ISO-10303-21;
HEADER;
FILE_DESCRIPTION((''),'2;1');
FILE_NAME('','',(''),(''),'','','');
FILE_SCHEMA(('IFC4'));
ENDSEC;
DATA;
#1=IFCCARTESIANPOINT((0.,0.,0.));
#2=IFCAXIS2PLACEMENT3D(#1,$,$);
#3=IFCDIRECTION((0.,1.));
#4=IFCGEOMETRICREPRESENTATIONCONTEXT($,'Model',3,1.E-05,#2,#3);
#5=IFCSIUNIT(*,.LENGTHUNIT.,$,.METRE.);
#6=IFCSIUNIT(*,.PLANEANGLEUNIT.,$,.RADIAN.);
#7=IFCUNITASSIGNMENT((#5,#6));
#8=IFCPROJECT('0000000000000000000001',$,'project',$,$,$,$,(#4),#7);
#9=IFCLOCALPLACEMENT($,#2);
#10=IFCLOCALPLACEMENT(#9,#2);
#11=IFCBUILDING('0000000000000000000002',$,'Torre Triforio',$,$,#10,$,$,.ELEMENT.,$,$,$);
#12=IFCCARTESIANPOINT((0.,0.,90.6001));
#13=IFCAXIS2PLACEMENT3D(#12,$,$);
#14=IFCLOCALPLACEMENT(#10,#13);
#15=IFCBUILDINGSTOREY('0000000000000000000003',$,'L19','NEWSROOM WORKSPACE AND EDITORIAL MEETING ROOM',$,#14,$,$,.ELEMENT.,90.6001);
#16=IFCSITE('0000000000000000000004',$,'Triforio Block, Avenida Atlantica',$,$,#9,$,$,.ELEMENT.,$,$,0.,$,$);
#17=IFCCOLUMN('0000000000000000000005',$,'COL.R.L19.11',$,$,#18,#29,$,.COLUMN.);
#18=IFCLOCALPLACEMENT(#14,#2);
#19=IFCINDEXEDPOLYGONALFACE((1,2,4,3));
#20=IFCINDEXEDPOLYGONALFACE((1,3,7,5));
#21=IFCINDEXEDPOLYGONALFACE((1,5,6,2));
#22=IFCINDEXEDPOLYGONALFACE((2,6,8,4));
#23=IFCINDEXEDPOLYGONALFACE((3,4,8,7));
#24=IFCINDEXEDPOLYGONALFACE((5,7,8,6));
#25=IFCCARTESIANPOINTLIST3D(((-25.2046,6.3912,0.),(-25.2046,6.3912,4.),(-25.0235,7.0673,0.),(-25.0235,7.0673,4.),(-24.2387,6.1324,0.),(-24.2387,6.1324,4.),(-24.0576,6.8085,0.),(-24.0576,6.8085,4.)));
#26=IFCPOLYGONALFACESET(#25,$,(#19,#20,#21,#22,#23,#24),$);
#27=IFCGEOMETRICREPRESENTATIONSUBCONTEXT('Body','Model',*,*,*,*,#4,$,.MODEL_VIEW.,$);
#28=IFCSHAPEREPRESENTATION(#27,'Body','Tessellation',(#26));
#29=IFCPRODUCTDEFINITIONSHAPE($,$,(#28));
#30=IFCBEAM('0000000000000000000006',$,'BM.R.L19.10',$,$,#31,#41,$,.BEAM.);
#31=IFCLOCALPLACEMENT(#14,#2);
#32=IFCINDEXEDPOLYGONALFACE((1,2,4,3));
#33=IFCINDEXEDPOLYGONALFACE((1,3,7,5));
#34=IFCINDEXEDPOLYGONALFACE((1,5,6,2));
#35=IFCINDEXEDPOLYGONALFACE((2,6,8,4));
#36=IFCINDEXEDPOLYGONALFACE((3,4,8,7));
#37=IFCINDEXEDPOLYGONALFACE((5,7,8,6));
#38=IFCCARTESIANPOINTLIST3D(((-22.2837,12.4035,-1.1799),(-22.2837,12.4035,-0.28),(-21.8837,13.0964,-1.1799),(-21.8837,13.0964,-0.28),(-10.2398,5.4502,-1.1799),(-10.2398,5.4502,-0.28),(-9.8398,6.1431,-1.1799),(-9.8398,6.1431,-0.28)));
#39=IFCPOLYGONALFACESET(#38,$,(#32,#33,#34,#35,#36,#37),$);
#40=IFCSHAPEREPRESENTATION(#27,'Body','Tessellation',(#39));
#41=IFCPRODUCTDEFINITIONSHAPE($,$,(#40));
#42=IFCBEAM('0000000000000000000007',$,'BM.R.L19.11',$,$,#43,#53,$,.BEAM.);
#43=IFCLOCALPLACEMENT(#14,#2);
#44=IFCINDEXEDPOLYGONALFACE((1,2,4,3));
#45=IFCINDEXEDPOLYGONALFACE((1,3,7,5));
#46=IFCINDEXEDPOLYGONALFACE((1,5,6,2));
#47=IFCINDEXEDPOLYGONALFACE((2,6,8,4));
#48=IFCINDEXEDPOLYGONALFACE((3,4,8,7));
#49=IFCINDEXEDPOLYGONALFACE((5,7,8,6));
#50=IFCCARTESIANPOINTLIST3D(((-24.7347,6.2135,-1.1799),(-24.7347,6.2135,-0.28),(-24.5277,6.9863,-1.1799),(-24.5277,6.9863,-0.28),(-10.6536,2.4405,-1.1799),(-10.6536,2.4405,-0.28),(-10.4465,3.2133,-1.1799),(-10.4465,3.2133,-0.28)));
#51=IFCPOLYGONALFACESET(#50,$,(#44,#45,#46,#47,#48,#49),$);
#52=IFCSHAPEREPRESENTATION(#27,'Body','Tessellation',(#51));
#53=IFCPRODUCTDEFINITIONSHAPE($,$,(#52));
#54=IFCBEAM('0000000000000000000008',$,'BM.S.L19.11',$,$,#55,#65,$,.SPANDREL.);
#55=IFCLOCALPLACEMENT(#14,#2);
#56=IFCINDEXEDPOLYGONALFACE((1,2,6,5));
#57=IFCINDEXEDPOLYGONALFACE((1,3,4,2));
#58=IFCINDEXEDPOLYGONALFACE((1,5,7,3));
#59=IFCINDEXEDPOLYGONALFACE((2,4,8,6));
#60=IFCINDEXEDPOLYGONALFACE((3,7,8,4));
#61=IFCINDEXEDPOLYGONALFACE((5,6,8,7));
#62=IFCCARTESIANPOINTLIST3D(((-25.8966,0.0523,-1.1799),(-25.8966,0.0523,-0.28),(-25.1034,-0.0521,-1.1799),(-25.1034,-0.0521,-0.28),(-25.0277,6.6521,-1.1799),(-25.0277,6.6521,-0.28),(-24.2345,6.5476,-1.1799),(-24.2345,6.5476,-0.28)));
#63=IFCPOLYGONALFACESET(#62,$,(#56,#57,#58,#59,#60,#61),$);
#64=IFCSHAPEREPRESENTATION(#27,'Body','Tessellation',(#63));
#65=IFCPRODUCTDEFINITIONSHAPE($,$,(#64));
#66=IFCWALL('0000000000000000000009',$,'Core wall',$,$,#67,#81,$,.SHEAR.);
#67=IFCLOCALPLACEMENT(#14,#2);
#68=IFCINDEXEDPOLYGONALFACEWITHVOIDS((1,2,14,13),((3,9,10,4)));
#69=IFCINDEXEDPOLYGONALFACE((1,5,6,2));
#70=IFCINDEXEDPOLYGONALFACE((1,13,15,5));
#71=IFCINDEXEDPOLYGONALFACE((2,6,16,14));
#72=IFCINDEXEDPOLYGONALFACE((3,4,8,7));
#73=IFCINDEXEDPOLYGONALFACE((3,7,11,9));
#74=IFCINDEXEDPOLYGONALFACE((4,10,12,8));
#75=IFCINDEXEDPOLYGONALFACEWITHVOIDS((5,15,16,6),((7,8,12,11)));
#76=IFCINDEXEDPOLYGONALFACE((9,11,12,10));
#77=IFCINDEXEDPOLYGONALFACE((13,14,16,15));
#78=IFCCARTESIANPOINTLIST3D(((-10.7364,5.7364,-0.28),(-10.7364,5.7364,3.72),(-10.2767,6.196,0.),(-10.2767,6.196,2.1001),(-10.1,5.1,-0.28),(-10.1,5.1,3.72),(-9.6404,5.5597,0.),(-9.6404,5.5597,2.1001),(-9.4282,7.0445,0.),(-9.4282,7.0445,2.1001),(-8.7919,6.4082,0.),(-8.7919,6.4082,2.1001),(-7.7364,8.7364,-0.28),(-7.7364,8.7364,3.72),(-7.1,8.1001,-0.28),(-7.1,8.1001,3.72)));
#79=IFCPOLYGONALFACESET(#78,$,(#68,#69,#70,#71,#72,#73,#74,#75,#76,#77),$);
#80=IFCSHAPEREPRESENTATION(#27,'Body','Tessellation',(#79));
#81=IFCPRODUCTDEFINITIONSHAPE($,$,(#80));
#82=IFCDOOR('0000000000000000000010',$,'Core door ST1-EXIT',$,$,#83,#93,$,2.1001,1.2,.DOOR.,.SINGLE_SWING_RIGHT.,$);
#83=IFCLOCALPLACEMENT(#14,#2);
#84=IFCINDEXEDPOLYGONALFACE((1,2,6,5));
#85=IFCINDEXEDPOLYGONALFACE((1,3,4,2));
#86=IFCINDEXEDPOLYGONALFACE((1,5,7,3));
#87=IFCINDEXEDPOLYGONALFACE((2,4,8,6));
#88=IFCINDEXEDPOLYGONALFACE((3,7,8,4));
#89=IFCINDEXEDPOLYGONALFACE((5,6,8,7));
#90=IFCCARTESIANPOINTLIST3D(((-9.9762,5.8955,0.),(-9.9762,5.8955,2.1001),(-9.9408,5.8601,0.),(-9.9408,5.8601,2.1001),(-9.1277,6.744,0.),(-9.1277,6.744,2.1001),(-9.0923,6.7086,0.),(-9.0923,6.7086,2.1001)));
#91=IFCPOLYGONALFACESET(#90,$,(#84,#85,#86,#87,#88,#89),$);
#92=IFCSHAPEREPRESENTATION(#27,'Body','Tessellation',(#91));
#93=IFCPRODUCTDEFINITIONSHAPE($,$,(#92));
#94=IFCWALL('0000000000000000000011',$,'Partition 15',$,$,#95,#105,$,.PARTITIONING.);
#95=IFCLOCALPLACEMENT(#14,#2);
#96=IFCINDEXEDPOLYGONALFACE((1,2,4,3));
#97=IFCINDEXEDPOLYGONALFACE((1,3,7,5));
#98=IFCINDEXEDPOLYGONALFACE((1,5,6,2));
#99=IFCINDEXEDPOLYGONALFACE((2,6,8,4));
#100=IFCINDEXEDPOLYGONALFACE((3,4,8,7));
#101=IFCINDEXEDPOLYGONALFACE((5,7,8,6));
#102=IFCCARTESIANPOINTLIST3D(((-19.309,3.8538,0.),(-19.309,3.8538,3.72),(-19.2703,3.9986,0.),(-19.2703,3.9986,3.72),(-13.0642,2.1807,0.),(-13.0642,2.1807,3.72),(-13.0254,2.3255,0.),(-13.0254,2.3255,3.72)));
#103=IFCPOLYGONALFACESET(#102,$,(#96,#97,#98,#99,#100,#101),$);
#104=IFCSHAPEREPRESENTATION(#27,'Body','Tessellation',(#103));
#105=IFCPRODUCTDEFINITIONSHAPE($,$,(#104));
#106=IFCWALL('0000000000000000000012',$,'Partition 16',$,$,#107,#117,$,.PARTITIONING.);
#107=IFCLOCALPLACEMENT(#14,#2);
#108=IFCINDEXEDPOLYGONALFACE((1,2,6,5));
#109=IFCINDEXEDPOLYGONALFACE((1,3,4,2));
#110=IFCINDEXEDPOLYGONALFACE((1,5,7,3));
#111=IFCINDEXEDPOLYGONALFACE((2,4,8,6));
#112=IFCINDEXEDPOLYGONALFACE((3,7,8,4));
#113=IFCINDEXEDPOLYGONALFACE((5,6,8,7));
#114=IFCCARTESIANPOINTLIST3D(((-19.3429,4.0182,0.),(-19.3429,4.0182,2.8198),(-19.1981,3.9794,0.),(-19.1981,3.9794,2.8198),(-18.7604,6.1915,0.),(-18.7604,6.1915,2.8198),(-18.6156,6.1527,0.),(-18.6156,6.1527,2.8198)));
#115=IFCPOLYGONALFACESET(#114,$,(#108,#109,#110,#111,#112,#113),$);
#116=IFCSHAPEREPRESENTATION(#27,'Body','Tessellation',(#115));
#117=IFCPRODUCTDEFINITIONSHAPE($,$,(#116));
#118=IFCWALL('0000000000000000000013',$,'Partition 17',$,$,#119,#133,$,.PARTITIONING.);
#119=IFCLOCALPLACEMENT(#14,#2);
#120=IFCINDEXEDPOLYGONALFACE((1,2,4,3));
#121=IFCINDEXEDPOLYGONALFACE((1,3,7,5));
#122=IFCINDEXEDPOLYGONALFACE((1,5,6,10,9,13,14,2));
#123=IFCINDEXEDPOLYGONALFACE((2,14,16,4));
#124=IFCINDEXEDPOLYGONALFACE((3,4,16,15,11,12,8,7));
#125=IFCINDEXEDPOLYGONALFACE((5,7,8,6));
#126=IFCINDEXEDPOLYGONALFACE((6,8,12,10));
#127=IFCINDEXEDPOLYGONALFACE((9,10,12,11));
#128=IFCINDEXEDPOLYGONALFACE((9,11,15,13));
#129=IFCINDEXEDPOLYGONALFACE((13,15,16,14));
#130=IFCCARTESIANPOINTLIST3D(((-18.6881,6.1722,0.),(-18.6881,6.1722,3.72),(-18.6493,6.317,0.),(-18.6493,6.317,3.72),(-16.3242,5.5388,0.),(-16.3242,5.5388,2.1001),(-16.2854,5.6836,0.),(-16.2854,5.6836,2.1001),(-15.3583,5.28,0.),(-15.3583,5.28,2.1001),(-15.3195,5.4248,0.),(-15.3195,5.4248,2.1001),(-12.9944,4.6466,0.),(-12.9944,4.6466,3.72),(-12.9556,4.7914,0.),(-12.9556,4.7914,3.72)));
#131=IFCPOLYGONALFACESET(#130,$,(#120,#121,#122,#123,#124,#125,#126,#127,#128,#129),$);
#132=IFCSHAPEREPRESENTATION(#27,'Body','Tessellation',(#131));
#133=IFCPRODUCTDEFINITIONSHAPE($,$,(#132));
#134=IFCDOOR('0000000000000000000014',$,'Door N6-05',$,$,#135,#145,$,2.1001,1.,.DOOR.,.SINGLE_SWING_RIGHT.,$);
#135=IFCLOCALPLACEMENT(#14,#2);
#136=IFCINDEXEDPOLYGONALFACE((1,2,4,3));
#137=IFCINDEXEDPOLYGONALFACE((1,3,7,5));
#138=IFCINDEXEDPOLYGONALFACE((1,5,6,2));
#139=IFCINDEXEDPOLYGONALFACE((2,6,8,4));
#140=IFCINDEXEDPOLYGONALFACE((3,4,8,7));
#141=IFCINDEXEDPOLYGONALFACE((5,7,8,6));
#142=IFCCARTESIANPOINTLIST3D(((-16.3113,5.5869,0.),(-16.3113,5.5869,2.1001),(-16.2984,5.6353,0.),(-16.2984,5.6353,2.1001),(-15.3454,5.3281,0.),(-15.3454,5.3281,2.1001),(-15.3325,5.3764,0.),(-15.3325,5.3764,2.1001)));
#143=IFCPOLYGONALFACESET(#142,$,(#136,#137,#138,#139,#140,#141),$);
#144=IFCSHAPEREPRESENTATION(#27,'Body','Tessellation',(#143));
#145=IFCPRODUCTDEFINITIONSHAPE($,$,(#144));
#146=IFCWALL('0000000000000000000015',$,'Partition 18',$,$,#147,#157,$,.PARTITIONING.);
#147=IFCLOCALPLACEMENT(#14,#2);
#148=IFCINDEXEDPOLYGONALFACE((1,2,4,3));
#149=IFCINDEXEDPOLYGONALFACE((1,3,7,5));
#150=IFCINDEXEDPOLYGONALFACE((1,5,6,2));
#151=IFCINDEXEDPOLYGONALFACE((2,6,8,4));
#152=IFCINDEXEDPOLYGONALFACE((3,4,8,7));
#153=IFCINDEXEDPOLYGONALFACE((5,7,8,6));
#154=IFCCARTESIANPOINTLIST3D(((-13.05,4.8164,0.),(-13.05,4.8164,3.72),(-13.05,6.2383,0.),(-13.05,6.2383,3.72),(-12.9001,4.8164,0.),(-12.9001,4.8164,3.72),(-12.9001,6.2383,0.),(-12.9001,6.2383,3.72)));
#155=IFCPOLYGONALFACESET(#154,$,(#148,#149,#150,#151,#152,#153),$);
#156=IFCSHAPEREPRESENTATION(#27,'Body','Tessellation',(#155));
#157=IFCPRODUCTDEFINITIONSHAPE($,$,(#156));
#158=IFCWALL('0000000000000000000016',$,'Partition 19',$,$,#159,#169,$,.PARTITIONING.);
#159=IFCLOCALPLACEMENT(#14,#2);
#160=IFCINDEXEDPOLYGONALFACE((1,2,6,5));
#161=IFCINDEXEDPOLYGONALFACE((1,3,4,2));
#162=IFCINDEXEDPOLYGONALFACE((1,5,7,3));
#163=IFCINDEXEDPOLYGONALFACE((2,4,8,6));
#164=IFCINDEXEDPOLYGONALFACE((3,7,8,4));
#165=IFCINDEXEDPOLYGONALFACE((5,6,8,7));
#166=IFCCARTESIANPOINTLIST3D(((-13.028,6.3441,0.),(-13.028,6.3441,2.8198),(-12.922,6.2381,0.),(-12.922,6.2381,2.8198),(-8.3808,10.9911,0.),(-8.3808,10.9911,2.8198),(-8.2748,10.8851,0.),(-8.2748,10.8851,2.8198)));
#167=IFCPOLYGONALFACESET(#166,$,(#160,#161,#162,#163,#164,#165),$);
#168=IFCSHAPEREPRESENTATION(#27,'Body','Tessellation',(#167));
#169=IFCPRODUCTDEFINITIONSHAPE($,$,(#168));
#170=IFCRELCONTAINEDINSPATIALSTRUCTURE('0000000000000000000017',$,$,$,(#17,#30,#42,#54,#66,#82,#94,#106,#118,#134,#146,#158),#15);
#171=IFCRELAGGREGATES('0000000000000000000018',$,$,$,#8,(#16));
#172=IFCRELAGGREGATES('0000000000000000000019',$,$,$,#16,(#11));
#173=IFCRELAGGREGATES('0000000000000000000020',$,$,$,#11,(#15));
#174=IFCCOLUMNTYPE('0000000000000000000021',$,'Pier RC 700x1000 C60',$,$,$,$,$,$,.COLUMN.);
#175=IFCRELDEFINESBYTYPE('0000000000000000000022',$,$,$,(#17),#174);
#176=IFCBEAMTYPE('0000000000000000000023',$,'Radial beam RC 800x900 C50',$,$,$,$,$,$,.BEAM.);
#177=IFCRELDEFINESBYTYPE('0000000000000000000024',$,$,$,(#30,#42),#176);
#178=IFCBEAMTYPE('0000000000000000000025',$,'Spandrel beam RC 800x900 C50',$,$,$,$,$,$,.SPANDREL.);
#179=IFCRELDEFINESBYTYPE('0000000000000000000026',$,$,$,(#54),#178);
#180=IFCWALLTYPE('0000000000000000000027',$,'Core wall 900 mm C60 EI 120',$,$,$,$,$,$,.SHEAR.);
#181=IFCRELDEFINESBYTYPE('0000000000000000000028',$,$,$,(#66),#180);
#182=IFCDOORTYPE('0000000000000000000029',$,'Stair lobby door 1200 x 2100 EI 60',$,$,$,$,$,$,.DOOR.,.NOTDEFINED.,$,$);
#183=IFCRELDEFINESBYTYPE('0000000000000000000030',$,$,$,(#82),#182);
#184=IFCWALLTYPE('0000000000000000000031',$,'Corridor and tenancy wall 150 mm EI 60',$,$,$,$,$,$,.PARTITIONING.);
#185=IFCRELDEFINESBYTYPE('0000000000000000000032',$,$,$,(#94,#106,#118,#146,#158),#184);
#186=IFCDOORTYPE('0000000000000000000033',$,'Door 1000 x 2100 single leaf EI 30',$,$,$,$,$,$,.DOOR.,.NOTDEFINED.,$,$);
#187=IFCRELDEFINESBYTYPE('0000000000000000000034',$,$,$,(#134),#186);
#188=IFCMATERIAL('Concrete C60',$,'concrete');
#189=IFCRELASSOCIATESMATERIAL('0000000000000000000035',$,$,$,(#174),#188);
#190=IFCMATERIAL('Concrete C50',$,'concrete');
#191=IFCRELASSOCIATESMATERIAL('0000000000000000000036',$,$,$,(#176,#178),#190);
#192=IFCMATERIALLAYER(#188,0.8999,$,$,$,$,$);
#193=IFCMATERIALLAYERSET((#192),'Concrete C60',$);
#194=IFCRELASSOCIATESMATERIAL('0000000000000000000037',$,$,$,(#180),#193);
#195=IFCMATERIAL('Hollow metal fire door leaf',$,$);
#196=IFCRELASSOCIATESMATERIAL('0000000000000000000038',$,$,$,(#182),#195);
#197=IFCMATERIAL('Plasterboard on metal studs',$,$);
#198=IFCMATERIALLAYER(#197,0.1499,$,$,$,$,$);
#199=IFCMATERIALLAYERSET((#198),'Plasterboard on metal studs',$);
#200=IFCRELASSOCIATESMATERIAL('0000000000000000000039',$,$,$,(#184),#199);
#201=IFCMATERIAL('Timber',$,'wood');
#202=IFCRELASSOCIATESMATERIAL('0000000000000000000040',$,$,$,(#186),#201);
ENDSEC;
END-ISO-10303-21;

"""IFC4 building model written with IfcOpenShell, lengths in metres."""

from ifc_helpers import new_model, si_unit, direction, frame, frame_2d, origin, origin_2d, place, context, subcontext, project, spatial, rectangle, extrude, material, layer, layer_set, material_profile, profile_set, type_object, element, fill, save


model = new_model("IFC4")

# Units and contexts
model_context = context("Model", 3, precision=1e-05, world=origin(), true_north=direction((0.0, 1.0)))
body_context = subcontext(model_context, "Body", "Model", "MODEL_VIEW")
ifc_project = project(units=[si_unit("LENGTHUNIT", "METRE"), si_unit("PLANEANGLEUNIT", "RADIAN")], contexts=[model_context])

# Site, building, storey
site_placement = place(None, origin())
site = spatial("IfcSite", under=ifc_project, at=site_placement, Name="Triforio Block, Avenida Atlantica", CompositionType="ELEMENT", RefElevation=0.0)
building_placement = place(site_placement, origin())
building = spatial("IfcBuilding", under=site, at=building_placement, Name="Torre Triforio", CompositionType="ELEMENT")
storey_placement = place(building_placement, frame((0.0, 0.0, 90.6001)))
storey = spatial("IfcBuildingStorey", under=building, at=storey_placement, Name="L19", Description="NEWSROOM WORKSPACE AND EDITORIAL MEETING ROOM", CompositionType="ELEMENT", Elevation=90.6001)

# Column
ifc_material_1 = material(Name="Concrete C60", Category="concrete")
ifc_material_profile_1 = material_profile(ifc_material_1, rectangle(XDim=0.7, YDim=1.0, at=origin_2d()), Name="RC 700x1000")
ifc_profile_set_1 = profile_set([ifc_material_profile_1], Name="Concrete C60")
column_type = type_object("IfcColumnType", Name="Pier RC 700x1000 C60", PredefinedType="COLUMN", material=ifc_profile_set_1)
column_placement = place(storey_placement, frame((-24.6311, 6.5999, 0.0), z_axis=(0.0, 0.0, 1.0), x_axis=(-0.258819, -0.965926, 0.0)))
element("IfcColumn", 1, at=column_placement, inside=storey, type_object=column_type, Name="COL.R.L19.11", PredefinedType="COLUMN", context=body_context, shape_type="SweptSolid", body=[
    extrude(rectangle(XDim=0.7, YDim=1.0, at=origin_2d()), origin(), (0.0, 0.0, 1.0), 4.0),
])

# Beams
ifc_material_2 = material(Name="Concrete C50", Category="concrete")
ifc_material_profile_2 = material_profile(ifc_material_2, rectangle(XDim=0.8, YDim=0.8999, at=origin_2d()), Name="RC 800x900")
ifc_profile_set_2 = profile_set([ifc_material_profile_2], Name="Concrete C50")
beam_type_1 = type_object("IfcBeamType", Name="Radial beam RC 800x900 C50", PredefinedType="BEAM", material=ifc_profile_set_2)
beam_1_placement = place(storey_placement, frame((-10.0398, 5.7966, -0.73), z_axis=(-0.866032, 0.499989, 0.0), x_axis=(-0.499989, -0.866032, 0.0)))
element("IfcBeam", 2, at=beam_1_placement, inside=storey, type_object=beam_type_1, Name="BM.R.L19.10", PredefinedType="BEAM", context=body_context, shape_type="SweptSolid", body=[
    extrude(rectangle(XDim=0.8, YDim=0.8999, at=origin_2d()), origin(), (0.0, 0.0, 1.0), 13.907),
])
beam_2_placement = place(storey_placement, frame((-10.55, 2.8269, -0.73), z_axis=(-0.965927, 0.258815, 0.0), x_axis=(-0.258815, -0.965927, 0.0)))
element("IfcBeam", 3, at=beam_2_placement, inside=storey, type_object=beam_type_1, Name="BM.R.L19.11", PredefinedType="BEAM", context=body_context, shape_type="SweptSolid", body=[
    extrude(rectangle(XDim=0.8, YDim=0.8999, at=origin_2d()), origin(), (0.0, 0.0, 1.0), 14.5779),
])
ifc_material_profile_3 = material_profile(ifc_material_2, rectangle(XDim=0.8, YDim=0.8999, at=origin_2d()), Name="RC 800x900")
ifc_profile_set_3 = profile_set([ifc_material_profile_3], Name="Concrete C50")
beam_type_2 = type_object("IfcBeamType", Name="Spandrel beam RC 800x900 C50", PredefinedType="SPANDREL", material=ifc_profile_set_3)
beam_3_placement = place(storey_placement, frame((-24.6311, 6.5999, -0.73), z_axis=(-0.130528, -0.991445, 0.0), x_axis=(0.991445, -0.130528, 0.0)))
element("IfcBeam", 4, at=beam_3_placement, inside=storey, type_object=beam_type_2, Name="BM.S.L19.11", PredefinedType="SPANDREL", context=body_context, shape_type="SweptSolid", body=[
    extrude(rectangle(XDim=0.8, YDim=0.8999, at=origin_2d()), origin(), (0.0, 0.0, 1.0), 6.6567),
])

# Wall, opening, door
ifc_layer_1 = layer(ifc_material_1, 0.8999)
ifc_layer_set_1 = layer_set([ifc_layer_1], Name="Concrete C60")
wall_type_1 = type_object("IfcWallType", Name="Core wall 900 mm C60 EI 120", PredefinedType="SHEAR", material=ifc_layer_set_1)
wall_1_placement = place(storey_placement, frame((-10.4182, 5.4182, -0.28), z_axis=(0.0, 0.0, 1.0), x_axis=(0.707107, 0.707107, 0.0)))
wall_1 = element("IfcWall", 5, at=wall_1_placement, inside=storey, type_object=wall_type_1, Name="Core wall", PredefinedType="SHEAR", context=body_context, shape_type="SweptSolid", body=[
    extrude(rectangle(XDim=4.2427, YDim=0.8999, at=frame_2d((2.1213, 0.0))), origin(), (0.0, 0.0, 1.0), 4.0),
])
opening_1_placement = place(wall_1_placement, frame((0.6499, 0.0, 0.28)))
opening_1 = element("IfcOpeningElement", 6, at=opening_1_placement, cuts=wall_1, PredefinedType="OPENING", context=body_context, shape_type="SweptSolid", body=[
    extrude(rectangle(XDim=1.2, YDim=2.1001, at=frame_2d((0.6001, 1.05))), frame((0.0, 0.46, 0.0), z_axis=(0.0, -1.0, 0.0), x_axis=(1.0, 0.0, 0.0)), (0.0, 0.0, 1.0), 0.9199),
])
ifc_material_3 = material(Name="Hollow metal fire door leaf")
door_type_1 = type_object("IfcDoorType", Name="Stair lobby door 1200 x 2100 EI 60", OperationType="NOTDEFINED", PredefinedType="DOOR", material=ifc_material_3)
door_1_placement = place(opening_1_placement, origin())
door_1 = element("IfcDoor", 7, at=door_1_placement, inside=storey, type_object=door_type_1, Name="Core door ST1-EXIT", OperationType="SINGLE_SWING_RIGHT", OverallHeight=2.1001, OverallWidth=1.2, PredefinedType="DOOR", context=body_context, shape_type="SweptSolid", body=[
    extrude(rectangle(XDim=1.2, YDim=2.1001, at=frame_2d((0.6001, 1.05))), frame((0.0, 0.0249, 0.0), z_axis=(0.0, -1.0, 0.0), x_axis=(1.0, 0.0, 0.0)), (0.0, 0.0, 1.0), 0.05),
])
fill(opening_1, door_1)

# Walls
ifc_material_4 = material(Name="Plasterboard on metal studs")
ifc_layer_2 = layer(ifc_material_4, 0.1499)
ifc_layer_set_2 = layer_set([ifc_layer_2], Name="Plasterboard on metal studs")
wall_type_2 = type_object("IfcWallType", Name="Corridor and tenancy wall 150 mm EI 60", PredefinedType="PARTITIONING", material=ifc_layer_set_2)
wall_2_placement = place(storey_placement, frame((-13.0449, 2.2532, 0.0), z_axis=(0.0, 0.0, 1.0), x_axis=(-0.965934, 0.258788, 0.0)))
element("IfcWall", 8, at=wall_2_placement, inside=storey, type_object=wall_type_2, Name="Partition 15", PredefinedType="PARTITIONING", context=body_context, shape_type="SweptSolid", body=[
    extrude(rectangle(XDim=6.4651, YDim=0.1499, at=frame_2d((3.2324, 0.0))), origin(), (0.0, 0.0, 1.0), 3.72),
])
wall_3_placement = place(storey_placement, frame((-19.2705, 3.9988, 0.0), z_axis=(0.0, 0.0, 1.0), x_axis=(0.258892, 0.965906, 0.0)))
element("IfcWall", 9, at=wall_3_placement, inside=storey, type_object=wall_type_2, Name="Partition 16", PredefinedType="PARTITIONING", context=body_context, shape_type="SweptSolid", body=[
    extrude(rectangle(XDim=2.25, YDim=0.1499, at=frame_2d((1.125, 0.0))), origin(), (0.0, 0.0, 1.0), 2.8198),
])

# Wall, opening, door
wall_4_placement = place(storey_placement, frame((-18.6687, 6.2446, 0.0), z_axis=(0.0, 0.0, 1.0), x_axis=(0.965924, -0.258825, 0.0)))
wall_4 = element("IfcWall", 10, at=wall_4_placement, inside=storey, type_object=wall_type_2, Name="Partition 17", PredefinedType="PARTITIONING", context=body_context, shape_type="SweptSolid", body=[
    extrude(rectangle(XDim=5.8945, YDim=0.1499, at=frame_2d((2.9473, 0.0))), origin(), (0.0, 0.0, 1.0), 3.72),
])
opening_2_placement = place(wall_4_placement, frame((2.4473, 0.0, 0.0)))
opening_2 = element("IfcOpeningElement", 11, at=opening_2_placement, cuts=wall_4, PredefinedType="OPENING", context=body_context, shape_type="SweptSolid", body=[
    extrude(rectangle(XDim=1.0, YDim=2.1001, at=frame_2d((0.5, 1.05))), frame((0.0, 0.085, 0.0), z_axis=(0.0, -1.0, 0.0), x_axis=(1.0, 0.0, 0.0)), (0.0, 0.0, 1.0), 0.1699),
])
ifc_material_5 = material(Name="Timber", Category="wood")
door_type_2 = type_object("IfcDoorType", Name="Door 1000 x 2100 single leaf EI 30", OperationType="NOTDEFINED", PredefinedType="DOOR", material=ifc_material_5)
door_2_placement = place(opening_2_placement, origin())
door_2 = element("IfcDoor", 12, at=door_2_placement, inside=storey, type_object=door_type_2, Name="Door N6-05", OperationType="SINGLE_SWING_RIGHT", OverallHeight=2.1001, OverallWidth=1.0, PredefinedType="DOOR", context=body_context, shape_type="SweptSolid", body=[
    extrude(rectangle(XDim=1.0, YDim=2.1001, at=frame_2d((0.5, 1.05))), frame((0.0, 0.0249, 0.0), z_axis=(0.0, -1.0, 0.0), x_axis=(1.0, 0.0, 0.0)), (0.0, 0.0, 1.0), 0.05),
])
fill(opening_2, door_2)

# Walls
wall_5_placement = place(storey_placement, frame((-12.9751, 4.8164, 0.0), z_axis=(0.0, 0.0, 1.0), x_axis=(0.0, 1.0, 0.0)))
element("IfcWall", 13, at=wall_5_placement, inside=storey, type_object=wall_type_2, Name="Partition 18", PredefinedType="PARTITIONING", context=body_context, shape_type="SweptSolid", body=[
    extrude(rectangle(XDim=1.4219, YDim=0.1499, at=frame_2d((0.7109, 0.0))), origin(), (0.0, 0.0, 1.0), 3.72),
])
wall_6_placement = place(storey_placement, frame((-12.9751, 6.291, 0.0), z_axis=(0.0, 0.0, 1.0), x_axis=(0.707125, 0.707088, 0.0)))
element("IfcWall", 14, at=wall_6_placement, inside=storey, type_object=wall_type_2, Name="Partition 19", PredefinedType="PARTITIONING", context=body_context, shape_type="SweptSolid", body=[
    extrude(rectangle(XDim=6.572, YDim=0.1499, at=frame_2d((3.2861, 0.0))), origin(), (0.0, 0.0, 1.0), 2.8198),
])

save(model, "model.ifc")
